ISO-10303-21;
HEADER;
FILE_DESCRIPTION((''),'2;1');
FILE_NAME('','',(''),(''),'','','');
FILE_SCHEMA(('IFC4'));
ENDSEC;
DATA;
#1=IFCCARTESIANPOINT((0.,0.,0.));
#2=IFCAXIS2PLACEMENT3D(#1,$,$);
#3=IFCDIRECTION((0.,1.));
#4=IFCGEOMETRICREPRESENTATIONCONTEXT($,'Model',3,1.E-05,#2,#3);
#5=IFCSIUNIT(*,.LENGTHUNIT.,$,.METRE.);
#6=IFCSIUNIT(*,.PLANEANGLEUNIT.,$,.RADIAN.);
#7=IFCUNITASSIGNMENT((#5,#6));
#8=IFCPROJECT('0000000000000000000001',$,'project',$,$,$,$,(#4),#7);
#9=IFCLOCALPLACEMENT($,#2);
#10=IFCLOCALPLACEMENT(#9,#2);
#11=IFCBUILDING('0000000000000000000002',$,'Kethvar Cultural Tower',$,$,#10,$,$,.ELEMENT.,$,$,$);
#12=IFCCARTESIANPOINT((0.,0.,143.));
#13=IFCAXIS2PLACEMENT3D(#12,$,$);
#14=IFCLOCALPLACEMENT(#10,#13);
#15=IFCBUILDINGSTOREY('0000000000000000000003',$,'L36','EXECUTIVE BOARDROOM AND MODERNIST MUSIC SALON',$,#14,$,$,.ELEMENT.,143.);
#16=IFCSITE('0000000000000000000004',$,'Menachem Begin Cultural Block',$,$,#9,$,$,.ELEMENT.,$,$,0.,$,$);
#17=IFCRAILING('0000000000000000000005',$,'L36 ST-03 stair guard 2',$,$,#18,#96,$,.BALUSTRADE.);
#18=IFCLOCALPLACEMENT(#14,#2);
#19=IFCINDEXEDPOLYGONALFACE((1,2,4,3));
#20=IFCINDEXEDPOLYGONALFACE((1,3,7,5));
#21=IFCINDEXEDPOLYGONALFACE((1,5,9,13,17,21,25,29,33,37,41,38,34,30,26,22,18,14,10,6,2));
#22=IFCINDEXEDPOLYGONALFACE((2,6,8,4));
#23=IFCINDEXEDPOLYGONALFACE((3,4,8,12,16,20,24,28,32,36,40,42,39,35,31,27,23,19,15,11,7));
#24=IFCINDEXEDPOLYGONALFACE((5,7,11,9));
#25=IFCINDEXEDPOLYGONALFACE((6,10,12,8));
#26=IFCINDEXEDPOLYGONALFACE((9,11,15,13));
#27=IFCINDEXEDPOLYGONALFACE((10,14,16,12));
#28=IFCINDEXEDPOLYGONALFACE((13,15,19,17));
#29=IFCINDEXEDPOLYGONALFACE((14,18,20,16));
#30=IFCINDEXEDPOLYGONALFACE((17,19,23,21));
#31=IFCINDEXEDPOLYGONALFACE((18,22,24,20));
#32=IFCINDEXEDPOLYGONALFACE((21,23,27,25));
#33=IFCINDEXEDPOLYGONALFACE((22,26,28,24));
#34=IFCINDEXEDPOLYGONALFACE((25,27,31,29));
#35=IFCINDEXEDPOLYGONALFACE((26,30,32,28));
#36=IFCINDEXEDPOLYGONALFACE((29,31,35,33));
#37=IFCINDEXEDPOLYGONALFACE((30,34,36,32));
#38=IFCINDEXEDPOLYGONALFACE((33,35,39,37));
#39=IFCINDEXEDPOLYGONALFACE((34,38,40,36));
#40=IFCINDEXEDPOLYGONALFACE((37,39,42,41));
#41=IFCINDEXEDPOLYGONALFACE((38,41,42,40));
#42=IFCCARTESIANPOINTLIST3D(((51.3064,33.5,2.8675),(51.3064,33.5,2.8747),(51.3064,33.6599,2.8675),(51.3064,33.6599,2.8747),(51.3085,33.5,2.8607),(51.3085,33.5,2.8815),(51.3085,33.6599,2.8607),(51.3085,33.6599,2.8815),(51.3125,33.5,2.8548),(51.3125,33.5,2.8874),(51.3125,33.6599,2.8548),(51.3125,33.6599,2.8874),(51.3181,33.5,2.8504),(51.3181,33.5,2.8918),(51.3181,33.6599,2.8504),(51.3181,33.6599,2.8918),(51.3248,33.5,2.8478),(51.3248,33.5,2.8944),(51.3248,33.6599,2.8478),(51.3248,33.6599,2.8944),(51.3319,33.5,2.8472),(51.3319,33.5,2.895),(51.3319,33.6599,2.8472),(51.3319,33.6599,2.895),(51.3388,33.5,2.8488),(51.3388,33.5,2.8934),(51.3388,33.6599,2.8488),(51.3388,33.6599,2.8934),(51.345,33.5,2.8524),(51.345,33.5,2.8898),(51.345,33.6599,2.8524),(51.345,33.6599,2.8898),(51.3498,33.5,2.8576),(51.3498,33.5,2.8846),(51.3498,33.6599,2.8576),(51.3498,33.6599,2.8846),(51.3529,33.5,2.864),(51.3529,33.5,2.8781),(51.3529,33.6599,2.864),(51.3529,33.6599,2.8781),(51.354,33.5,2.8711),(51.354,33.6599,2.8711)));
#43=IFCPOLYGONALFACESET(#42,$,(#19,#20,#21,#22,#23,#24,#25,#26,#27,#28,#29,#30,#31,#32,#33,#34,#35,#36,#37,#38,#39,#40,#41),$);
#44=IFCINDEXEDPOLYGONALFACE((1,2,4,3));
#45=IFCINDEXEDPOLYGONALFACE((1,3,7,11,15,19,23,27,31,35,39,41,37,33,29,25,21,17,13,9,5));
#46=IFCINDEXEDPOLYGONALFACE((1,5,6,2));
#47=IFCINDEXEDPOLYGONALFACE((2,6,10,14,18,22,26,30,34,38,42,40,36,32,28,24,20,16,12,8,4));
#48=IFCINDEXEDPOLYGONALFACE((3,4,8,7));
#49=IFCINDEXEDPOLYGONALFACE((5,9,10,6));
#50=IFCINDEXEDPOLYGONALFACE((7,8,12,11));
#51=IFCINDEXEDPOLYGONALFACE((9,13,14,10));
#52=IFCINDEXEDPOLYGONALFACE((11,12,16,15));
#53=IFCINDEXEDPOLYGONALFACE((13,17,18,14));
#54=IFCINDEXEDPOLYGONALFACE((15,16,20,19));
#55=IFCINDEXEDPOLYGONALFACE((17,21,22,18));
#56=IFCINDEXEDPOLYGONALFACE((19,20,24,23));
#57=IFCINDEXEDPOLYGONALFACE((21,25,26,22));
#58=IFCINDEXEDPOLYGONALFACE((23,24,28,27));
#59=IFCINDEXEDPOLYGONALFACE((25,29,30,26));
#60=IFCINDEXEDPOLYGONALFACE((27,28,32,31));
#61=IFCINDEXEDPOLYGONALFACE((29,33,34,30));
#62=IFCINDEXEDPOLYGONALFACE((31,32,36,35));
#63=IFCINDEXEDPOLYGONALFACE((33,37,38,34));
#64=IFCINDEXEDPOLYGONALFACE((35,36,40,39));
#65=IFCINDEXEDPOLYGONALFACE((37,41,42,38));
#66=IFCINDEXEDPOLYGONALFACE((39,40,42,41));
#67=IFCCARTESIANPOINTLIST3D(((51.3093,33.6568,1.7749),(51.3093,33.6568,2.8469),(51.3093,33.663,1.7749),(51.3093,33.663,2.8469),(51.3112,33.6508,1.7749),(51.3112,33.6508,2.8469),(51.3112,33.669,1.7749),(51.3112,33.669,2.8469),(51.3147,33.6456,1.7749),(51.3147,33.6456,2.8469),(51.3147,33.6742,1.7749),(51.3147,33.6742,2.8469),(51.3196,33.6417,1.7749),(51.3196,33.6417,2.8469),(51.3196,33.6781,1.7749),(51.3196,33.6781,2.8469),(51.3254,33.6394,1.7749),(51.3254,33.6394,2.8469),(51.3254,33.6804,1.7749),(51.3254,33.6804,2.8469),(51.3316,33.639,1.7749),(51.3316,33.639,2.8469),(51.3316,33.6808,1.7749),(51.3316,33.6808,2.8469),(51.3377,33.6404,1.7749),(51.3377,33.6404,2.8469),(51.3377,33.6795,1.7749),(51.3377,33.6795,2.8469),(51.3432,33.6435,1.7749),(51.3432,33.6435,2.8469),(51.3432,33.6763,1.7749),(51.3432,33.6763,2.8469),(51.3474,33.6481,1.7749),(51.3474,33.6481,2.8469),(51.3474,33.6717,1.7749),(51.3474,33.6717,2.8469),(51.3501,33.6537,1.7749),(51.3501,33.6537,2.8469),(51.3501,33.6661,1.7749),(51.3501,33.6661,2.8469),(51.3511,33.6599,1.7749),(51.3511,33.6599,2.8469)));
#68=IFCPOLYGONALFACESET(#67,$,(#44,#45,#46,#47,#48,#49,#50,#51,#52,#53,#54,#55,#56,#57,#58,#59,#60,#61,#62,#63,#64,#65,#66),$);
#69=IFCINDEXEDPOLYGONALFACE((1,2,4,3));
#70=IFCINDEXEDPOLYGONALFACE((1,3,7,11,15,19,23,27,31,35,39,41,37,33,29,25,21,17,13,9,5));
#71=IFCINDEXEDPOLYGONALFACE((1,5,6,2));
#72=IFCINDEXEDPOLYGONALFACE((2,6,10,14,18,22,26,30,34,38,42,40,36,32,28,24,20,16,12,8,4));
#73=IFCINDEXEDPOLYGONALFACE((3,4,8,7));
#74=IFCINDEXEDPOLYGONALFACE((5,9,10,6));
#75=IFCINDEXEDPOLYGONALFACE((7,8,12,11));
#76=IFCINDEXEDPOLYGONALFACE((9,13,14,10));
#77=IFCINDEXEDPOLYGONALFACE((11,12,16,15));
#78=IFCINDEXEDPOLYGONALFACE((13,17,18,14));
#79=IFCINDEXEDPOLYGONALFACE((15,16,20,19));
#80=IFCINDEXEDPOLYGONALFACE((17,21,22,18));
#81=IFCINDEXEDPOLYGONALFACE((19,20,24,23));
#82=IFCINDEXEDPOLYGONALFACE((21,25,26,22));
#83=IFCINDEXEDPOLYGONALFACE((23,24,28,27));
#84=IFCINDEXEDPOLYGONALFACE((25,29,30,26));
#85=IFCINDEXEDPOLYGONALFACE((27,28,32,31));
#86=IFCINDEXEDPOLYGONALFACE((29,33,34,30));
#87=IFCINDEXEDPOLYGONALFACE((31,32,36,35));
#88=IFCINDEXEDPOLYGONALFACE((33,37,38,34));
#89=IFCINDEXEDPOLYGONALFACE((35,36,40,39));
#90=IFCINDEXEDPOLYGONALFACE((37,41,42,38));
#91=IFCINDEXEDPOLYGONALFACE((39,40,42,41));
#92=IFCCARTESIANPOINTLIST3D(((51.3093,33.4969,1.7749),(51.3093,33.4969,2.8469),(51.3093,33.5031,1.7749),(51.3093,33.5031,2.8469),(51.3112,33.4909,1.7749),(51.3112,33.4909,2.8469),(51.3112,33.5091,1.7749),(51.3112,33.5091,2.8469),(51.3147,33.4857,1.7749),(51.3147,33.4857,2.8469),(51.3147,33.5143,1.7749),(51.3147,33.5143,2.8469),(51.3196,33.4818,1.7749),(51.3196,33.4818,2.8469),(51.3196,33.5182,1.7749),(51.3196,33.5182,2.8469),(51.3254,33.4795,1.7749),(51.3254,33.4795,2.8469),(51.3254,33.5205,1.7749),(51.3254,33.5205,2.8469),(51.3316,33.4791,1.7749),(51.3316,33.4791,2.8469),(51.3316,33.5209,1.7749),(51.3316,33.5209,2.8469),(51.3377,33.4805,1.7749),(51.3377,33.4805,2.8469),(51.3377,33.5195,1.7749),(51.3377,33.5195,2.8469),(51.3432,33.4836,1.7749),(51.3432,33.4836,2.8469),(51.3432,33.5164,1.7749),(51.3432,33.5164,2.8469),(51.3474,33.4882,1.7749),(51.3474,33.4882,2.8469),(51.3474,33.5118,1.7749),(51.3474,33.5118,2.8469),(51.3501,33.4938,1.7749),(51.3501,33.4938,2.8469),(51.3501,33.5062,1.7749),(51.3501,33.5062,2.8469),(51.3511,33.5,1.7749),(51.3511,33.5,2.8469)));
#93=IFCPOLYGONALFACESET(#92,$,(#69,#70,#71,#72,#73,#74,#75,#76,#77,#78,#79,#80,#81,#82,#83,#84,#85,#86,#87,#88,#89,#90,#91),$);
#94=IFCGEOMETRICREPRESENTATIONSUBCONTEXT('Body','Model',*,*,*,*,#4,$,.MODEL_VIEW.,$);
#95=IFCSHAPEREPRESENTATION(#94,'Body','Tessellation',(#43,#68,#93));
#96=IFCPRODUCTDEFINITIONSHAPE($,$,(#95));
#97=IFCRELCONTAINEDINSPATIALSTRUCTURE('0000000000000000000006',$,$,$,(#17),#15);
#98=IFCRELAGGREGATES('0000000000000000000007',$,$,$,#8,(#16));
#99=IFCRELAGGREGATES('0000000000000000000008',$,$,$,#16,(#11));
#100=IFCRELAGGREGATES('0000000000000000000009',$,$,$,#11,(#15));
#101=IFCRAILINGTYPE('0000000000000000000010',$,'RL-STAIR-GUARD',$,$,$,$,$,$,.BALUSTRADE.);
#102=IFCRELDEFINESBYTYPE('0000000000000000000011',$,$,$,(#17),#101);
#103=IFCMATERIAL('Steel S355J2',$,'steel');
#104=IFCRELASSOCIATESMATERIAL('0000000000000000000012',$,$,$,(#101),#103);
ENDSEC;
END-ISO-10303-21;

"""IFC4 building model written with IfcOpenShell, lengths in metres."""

from ifc_helpers import new_model, si_unit, direction, frame, origin, origin_2d, place, context, subcontext, project, spatial, circle, extrude, material, type_object, element, save


model = new_model("IFC4")

# Units and contexts
model_context = context("Model", 3, precision=1e-05, world=origin(), true_north=direction((0.0, 1.0)))
body_context = subcontext(model_context, "Body", "Model", "MODEL_VIEW")
ifc_project = project(units=[si_unit("LENGTHUNIT", "METRE"), si_unit("PLANEANGLEUNIT", "RADIAN")], contexts=[model_context])

# Site, building, storey
site_placement = place(None, origin())
site = spatial("IfcSite", under=ifc_project, at=site_placement, Name="Menachem Begin Cultural Block", CompositionType="ELEMENT", RefElevation=0.0)
building_placement = place(site_placement, origin())
building = spatial("IfcBuilding", under=site, at=building_placement, Name="Kethvar Cultural Tower", CompositionType="ELEMENT")
storey_placement = place(building_placement, frame((0.0, 0.0, 143.0)))
storey = spatial("IfcBuildingStorey", under=building, at=storey_placement, Name="L36", Description="EXECUTIVE BOARDROOM AND MODERNIST MUSIC SALON", CompositionType="ELEMENT", Elevation=143.0)

# Shared definitions
ifc_material_1 = material(Name="Steel S355J2", Category="steel")

# Railing
railing_type_1 = type_object("IfcRailingType", Name="RL-STAIR-GUARD", PredefinedType="BALUSTRADE", material=ifc_material_1)
railing_1_placement = place(storey_placement, frame((51.3301, 33.6599, 1.7749)))
element("IfcRailing", 1, at=railing_1_placement, inside=storey, type_object=railing_type_1, Name="L36 ST-03 stair guard 2", PredefinedType="BALUSTRADE", context=body_context, shape_type="SweptSolid", body=[
    extrude(circle(Radius=0.0239, at=origin_2d()), frame((0.0, 0.0, 1.0962), z_axis=(0.0, -1.0, 0.0), x_axis=(1.0, 0.0, 0.0)), (0.0, 0.0, 1.0), 0.1599),
    extrude(circle(Radius=0.021, at=origin_2d()), origin(), (0.0, 0.0, 1.0), 1.072),
    extrude(circle(Radius=0.021, at=origin_2d()), frame((0.0, -0.1599, 0.0)), (0.0, 0.0, 1.0), 1.072),
])

save(model, "model.ifc")
